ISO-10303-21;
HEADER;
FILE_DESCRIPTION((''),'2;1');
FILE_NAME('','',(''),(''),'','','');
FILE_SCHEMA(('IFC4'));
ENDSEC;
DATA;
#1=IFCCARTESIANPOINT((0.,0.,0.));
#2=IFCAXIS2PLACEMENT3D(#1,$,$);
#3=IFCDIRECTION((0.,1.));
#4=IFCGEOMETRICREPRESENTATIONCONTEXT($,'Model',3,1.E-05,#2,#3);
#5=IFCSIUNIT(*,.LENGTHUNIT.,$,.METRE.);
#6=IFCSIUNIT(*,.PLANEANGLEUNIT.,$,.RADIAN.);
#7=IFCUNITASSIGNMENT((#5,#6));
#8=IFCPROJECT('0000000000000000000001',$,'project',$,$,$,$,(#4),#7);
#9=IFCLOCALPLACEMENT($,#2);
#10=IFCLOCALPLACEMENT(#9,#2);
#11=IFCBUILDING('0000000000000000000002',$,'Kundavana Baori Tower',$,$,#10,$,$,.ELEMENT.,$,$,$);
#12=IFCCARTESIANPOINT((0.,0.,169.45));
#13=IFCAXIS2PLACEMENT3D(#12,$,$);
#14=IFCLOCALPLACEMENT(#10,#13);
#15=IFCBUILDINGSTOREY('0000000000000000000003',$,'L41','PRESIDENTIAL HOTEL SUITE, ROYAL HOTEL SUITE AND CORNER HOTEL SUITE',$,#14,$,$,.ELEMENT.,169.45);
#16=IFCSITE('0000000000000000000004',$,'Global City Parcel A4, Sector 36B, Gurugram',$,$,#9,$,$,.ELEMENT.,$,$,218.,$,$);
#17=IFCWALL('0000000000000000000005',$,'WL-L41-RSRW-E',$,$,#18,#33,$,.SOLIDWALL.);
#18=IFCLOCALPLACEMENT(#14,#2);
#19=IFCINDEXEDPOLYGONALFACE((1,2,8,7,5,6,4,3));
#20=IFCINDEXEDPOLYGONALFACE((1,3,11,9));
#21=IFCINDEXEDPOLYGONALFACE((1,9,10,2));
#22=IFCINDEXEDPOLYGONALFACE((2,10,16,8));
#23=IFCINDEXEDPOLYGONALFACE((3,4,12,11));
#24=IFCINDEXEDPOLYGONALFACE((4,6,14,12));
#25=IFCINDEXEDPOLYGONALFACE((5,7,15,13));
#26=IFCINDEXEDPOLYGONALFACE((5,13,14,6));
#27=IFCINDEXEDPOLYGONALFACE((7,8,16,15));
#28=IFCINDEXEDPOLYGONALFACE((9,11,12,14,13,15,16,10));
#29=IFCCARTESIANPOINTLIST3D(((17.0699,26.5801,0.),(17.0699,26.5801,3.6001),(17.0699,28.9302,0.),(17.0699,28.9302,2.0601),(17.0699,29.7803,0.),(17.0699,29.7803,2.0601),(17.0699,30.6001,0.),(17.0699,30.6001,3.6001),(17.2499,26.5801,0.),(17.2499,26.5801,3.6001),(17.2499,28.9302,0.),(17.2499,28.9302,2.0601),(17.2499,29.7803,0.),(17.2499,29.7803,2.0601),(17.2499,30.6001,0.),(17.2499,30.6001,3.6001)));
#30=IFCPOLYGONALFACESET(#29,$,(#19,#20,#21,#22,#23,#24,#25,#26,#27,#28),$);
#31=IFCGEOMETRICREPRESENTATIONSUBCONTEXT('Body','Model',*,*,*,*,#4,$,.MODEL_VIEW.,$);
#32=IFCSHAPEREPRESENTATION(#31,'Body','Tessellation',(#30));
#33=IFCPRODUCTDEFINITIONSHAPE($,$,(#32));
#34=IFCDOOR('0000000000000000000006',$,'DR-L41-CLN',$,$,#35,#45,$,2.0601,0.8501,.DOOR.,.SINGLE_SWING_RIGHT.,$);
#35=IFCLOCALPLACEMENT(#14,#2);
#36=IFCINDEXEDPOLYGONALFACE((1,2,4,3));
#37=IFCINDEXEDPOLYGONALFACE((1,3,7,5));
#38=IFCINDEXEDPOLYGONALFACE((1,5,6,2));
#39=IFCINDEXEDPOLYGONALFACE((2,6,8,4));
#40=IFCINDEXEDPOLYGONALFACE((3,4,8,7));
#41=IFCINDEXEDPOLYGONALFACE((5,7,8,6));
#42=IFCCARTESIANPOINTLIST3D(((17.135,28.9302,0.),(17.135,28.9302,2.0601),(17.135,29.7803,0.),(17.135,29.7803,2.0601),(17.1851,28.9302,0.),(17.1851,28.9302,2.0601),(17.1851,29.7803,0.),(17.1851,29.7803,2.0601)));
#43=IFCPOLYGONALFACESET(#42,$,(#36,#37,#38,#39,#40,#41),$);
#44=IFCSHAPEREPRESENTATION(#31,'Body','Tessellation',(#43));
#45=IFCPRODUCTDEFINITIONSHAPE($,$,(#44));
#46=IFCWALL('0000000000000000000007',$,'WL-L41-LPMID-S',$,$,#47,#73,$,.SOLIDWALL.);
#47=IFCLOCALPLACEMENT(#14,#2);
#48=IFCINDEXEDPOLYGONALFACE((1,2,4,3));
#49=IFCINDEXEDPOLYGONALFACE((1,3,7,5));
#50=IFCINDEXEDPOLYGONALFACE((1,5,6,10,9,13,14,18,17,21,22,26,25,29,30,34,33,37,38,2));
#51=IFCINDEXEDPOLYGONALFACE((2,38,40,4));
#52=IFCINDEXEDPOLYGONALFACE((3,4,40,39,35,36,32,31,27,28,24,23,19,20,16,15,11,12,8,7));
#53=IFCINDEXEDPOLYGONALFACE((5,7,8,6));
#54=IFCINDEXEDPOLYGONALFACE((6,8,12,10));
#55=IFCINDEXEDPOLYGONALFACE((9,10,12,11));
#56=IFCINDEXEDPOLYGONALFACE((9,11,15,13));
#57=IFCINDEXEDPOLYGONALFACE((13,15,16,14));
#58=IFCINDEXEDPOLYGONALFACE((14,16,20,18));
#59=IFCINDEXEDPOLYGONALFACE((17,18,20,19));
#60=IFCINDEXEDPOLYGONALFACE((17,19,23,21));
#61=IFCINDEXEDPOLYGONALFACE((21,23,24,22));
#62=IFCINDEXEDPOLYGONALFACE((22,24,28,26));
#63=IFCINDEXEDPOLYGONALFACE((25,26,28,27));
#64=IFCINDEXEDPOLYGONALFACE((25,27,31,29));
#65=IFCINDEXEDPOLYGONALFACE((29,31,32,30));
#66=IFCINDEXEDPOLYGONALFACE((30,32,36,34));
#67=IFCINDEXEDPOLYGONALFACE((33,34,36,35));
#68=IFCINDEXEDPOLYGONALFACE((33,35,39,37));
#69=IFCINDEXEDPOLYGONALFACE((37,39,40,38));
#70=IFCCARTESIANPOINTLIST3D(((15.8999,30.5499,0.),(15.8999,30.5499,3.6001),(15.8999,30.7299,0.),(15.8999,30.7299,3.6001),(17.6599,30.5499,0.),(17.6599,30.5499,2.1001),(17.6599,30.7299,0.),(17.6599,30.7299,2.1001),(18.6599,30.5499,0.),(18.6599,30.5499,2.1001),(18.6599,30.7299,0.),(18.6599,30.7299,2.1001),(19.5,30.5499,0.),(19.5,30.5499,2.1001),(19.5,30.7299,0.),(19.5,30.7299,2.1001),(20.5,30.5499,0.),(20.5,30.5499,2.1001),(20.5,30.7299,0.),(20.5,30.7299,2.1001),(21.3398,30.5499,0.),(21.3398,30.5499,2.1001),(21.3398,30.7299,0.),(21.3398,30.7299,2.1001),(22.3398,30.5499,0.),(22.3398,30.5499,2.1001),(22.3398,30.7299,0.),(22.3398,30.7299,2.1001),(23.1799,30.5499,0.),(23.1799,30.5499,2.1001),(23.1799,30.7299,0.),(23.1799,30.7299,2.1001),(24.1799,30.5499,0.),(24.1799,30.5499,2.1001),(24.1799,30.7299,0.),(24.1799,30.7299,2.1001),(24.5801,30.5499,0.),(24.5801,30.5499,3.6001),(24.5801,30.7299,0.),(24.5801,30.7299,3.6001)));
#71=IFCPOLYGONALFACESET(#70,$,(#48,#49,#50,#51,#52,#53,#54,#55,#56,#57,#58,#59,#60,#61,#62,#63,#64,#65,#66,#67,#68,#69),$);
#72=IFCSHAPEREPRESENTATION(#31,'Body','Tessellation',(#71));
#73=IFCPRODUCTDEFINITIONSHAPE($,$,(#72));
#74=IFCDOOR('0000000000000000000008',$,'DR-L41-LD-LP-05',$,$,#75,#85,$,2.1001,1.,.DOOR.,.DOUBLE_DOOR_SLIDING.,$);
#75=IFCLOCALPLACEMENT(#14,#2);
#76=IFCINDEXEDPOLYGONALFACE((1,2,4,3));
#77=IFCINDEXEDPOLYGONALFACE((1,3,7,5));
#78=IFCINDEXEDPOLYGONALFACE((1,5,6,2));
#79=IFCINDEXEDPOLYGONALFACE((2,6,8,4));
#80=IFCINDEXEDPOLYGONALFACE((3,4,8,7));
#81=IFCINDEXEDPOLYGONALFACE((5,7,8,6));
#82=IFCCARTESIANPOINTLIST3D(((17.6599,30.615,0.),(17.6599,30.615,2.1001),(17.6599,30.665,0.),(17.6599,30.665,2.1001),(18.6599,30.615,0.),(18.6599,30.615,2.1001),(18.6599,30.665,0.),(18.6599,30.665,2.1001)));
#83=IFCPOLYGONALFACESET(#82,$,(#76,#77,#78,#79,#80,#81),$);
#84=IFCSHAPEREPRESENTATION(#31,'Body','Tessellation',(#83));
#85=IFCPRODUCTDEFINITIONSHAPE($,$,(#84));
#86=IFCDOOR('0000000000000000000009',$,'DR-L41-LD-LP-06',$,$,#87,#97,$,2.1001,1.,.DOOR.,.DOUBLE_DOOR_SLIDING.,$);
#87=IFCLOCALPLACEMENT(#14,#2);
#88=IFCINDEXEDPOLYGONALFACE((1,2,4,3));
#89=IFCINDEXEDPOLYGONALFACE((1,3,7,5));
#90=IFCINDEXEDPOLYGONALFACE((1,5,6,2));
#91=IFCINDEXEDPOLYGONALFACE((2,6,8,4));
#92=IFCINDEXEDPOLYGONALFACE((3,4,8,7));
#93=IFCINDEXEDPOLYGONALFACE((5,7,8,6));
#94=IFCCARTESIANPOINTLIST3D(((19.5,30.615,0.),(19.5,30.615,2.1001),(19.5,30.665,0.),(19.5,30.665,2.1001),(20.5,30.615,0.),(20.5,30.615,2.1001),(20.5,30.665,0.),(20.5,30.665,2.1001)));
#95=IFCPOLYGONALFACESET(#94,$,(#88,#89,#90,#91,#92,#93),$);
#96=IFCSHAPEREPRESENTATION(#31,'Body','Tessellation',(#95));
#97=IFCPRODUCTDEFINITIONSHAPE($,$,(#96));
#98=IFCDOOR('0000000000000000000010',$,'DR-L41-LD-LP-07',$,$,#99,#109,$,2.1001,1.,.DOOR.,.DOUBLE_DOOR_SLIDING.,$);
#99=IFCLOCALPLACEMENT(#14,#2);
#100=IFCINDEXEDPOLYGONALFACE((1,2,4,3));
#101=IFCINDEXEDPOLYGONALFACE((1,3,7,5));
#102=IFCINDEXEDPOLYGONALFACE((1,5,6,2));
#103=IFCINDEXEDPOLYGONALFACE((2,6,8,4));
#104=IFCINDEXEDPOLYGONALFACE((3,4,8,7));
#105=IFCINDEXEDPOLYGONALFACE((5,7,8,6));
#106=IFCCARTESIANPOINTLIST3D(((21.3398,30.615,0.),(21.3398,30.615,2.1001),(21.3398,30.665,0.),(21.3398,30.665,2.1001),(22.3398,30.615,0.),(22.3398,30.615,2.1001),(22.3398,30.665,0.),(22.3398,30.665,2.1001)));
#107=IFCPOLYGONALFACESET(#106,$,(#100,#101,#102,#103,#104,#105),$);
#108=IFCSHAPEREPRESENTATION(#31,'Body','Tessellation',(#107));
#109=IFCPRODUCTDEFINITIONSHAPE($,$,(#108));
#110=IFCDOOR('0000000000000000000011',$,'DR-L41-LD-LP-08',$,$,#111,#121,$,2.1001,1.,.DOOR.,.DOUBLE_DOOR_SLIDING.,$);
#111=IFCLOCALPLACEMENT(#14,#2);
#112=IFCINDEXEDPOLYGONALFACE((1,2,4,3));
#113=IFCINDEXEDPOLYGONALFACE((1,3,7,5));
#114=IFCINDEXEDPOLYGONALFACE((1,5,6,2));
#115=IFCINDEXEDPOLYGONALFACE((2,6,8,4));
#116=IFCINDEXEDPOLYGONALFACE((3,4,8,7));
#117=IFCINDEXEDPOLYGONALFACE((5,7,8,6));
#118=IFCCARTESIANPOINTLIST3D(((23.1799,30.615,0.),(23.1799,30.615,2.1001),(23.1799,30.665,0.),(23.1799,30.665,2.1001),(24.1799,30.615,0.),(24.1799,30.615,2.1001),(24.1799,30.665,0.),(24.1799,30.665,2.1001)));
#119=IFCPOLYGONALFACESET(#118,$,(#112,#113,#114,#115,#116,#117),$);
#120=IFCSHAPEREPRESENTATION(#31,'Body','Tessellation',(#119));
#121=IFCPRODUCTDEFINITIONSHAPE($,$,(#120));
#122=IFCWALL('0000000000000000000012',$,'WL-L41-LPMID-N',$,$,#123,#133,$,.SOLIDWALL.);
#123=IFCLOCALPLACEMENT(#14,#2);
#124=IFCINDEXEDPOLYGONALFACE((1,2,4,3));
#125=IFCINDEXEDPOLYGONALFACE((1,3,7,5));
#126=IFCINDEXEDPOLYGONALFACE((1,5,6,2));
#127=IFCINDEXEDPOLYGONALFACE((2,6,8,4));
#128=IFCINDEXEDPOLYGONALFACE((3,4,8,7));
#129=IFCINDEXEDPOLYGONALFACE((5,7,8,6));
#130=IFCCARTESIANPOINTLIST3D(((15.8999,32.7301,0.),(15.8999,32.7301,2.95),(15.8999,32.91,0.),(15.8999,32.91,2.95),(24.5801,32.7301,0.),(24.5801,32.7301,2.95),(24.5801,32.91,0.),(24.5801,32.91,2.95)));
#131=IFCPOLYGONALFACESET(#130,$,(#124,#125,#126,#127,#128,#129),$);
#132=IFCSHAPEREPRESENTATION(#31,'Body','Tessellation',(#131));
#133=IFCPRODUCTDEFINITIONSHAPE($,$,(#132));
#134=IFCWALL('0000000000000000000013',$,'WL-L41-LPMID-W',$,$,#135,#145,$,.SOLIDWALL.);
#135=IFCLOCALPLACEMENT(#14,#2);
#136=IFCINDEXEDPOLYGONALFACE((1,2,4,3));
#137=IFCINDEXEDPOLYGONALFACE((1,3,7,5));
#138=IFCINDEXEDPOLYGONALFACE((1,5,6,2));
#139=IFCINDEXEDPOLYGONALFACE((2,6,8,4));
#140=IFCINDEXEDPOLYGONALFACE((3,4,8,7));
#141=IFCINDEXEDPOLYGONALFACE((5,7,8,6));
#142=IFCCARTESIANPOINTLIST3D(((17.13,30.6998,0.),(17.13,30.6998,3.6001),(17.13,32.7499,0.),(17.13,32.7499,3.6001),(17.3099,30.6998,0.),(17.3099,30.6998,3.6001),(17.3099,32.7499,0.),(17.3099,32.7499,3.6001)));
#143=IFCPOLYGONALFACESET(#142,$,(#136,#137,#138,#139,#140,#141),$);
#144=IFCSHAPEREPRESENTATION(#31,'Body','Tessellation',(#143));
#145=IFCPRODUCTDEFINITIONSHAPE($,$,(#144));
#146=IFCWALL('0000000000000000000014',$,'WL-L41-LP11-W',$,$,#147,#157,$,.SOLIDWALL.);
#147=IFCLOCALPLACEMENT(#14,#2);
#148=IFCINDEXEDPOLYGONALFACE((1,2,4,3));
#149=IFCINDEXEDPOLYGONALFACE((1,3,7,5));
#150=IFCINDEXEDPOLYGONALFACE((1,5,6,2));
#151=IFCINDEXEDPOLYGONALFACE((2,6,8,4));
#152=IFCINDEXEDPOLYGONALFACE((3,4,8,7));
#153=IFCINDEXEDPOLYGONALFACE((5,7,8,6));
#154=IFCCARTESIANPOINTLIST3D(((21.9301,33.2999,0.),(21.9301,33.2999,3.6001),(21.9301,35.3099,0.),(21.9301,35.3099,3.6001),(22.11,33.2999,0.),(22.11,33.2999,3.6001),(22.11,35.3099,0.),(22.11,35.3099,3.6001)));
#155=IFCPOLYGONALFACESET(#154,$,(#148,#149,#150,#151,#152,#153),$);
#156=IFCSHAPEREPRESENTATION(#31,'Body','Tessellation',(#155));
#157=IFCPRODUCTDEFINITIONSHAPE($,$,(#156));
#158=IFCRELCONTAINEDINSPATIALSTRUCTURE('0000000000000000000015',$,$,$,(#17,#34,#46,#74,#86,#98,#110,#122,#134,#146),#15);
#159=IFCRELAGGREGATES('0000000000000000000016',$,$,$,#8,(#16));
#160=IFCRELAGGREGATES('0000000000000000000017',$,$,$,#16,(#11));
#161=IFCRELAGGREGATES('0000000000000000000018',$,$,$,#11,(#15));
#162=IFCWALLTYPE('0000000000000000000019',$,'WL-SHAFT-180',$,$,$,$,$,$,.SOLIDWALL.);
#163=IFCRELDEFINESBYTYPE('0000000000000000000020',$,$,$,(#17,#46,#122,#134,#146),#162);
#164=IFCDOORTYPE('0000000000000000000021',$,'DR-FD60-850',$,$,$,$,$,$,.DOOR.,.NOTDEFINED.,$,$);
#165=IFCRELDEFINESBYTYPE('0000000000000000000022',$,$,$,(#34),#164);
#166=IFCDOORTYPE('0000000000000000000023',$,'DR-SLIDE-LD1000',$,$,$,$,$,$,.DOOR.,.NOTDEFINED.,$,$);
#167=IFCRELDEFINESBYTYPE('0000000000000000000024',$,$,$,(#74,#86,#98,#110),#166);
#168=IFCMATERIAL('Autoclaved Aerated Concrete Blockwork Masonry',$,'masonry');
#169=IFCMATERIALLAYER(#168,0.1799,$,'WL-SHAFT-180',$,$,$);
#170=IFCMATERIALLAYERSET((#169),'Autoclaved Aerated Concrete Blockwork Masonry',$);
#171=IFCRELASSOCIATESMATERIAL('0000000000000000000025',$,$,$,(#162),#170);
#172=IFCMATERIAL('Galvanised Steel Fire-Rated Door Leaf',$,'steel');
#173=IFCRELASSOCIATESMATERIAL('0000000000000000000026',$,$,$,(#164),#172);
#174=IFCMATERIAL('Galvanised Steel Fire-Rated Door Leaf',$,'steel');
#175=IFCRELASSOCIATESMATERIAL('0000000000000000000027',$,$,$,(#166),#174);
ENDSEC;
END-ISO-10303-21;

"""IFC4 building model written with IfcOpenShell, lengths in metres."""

from ifc_helpers import new_model, si_unit, direction, frame, frame_2d, origin, place, context, subcontext, project, spatial, rectangle, extrude, material, layer, layer_set, type_object, element, fill, save


model = new_model("IFC4")

# Units and contexts
model_context = context("Model", 3, precision=1e-05, world=origin(), true_north=direction((0.0, 1.0)))
body_context = subcontext(model_context, "Body", "Model", "MODEL_VIEW")
ifc_project = project(units=[si_unit("LENGTHUNIT", "METRE"), si_unit("PLANEANGLEUNIT", "RADIAN")], contexts=[model_context])

# Site, building, storey
site_placement = place(None, origin())
site = spatial("IfcSite", under=ifc_project, at=site_placement, Name="Global City Parcel A4, Sector 36B, Gurugram", CompositionType="ELEMENT", RefElevation=218.0)
building_placement = place(site_placement, origin())
building = spatial("IfcBuilding", under=site, at=building_placement, Name="Kundavana Baori Tower", CompositionType="ELEMENT")
storey_placement = place(building_placement, frame((0.0, 0.0, 169.45)))
storey = spatial("IfcBuildingStorey", under=building, at=storey_placement, Name="L41", Description="PRESIDENTIAL HOTEL SUITE, ROYAL HOTEL SUITE AND CORNER HOTEL SUITE", CompositionType="ELEMENT", Elevation=169.45)

# Wall, opening, door
ifc_material_1 = material(Name="Autoclaved Aerated Concrete Blockwork Masonry", Category="masonry")
ifc_layer_1 = layer(ifc_material_1, 0.1799, Name="WL-SHAFT-180")
ifc_layer_set_1 = layer_set([ifc_layer_1], Name="Autoclaved Aerated Concrete Blockwork Masonry")
wall_type_1 = type_object("IfcWallType", Name="WL-SHAFT-180", PredefinedType="SOLIDWALL", material=ifc_layer_set_1)
wall_1_placement = place(storey_placement, frame((17.1599, 26.5801, 0.0), z_axis=(0.0, 0.0, 1.0), x_axis=(0.0, 1.0, 0.0)))
wall_1 = element("IfcWall", 1, at=wall_1_placement, inside=storey, type_object=wall_type_1, Name="WL-L41-RSRW-E", PredefinedType="SOLIDWALL", context=body_context, shape_type="SweptSolid", body=[
    extrude(rectangle(XDim=4.02, YDim=0.1799, at=frame_2d((2.01, 0.0))), origin(), (0.0, 0.0, 1.0), 3.6001),
])
opening_1_placement = place(wall_1_placement, frame((2.3501, 0.0, 0.0)))
opening_1 = element("IfcOpeningElement", 2, at=opening_1_placement, cuts=wall_1, PredefinedType="OPENING", context=body_context, shape_type="SweptSolid", body=[
    extrude(rectangle(XDim=0.8501, YDim=2.0601, at=frame_2d((0.425, 1.03))), frame((0.0, 0.1001, 0.0), z_axis=(0.0, -1.0, 0.0), x_axis=(1.0, 0.0, 0.0)), (0.0, 0.0, 1.0), 0.2),
])
ifc_material_2 = material(Name="Galvanised Steel Fire-Rated Door Leaf", Category="steel")
door_type_1 = type_object("IfcDoorType", Name="DR-FD60-850", OperationType="NOTDEFINED", PredefinedType="DOOR", material=ifc_material_2)
door_1_placement = place(opening_1_placement, origin())
door_1 = element("IfcDoor", 3, at=door_1_placement, inside=storey, type_object=door_type_1, Name="DR-L41-CLN", OperationType="SINGLE_SWING_RIGHT", OverallHeight=2.0601, OverallWidth=0.8501, PredefinedType="DOOR", context=body_context, shape_type="SweptSolid", body=[
    extrude(rectangle(XDim=0.8501, YDim=2.0601, at=frame_2d((0.425, 1.03))), frame((0.0, 0.0249, 0.0), z_axis=(0.0, -1.0, 0.0), x_axis=(1.0, 0.0, 0.0)), (0.0, 0.0, 1.0), 0.05),
])
fill(opening_1, door_1)

# Wall, openings, doors
wall_2_placement = place(storey_placement, frame((15.8999, 30.6399, 0.0), z_axis=(0.0, 0.0, 1.0), x_axis=(1.0, 0.0, 0.0)))
wall_2 = element("IfcWall", 4, at=wall_2_placement, inside=storey, type_object=wall_type_1, Name="WL-L41-LPMID-S", PredefinedType="SOLIDWALL", context=body_context, shape_type="SweptSolid", body=[
    extrude(rectangle(XDim=8.6802, YDim=0.1799, at=frame_2d((4.3401, 0.0))), origin(), (0.0, 0.0, 1.0), 3.6001),
])
opening_2_placement = place(wall_2_placement, frame((1.76, 0.0, 0.0)))
opening_2 = element("IfcOpeningElement", 5, at=opening_2_placement, cuts=wall_2, PredefinedType="OPENING", context=body_context, shape_type="SweptSolid", body=[
    extrude(rectangle(XDim=1.0, YDim=2.1001, at=frame_2d((0.5, 1.05))), frame((0.0, 0.1001, 0.0), z_axis=(0.0, -1.0, 0.0), x_axis=(1.0, 0.0, 0.0)), (0.0, 0.0, 1.0), 0.2),
])
opening_3_placement = place(wall_2_placement, frame((3.6001, 0.0, 0.0)))
opening_3 = element("IfcOpeningElement", 6, at=opening_3_placement, cuts=wall_2, PredefinedType="OPENING", context=body_context, shape_type="SweptSolid", body=[
    extrude(rectangle(XDim=1.0, YDim=2.1001, at=frame_2d((0.5, 1.05))), frame((0.0, 0.1001, 0.0), z_axis=(0.0, -1.0, 0.0), x_axis=(1.0, 0.0, 0.0)), (0.0, 0.0, 1.0), 0.2),
])
opening_4_placement = place(wall_2_placement, frame((5.4399, 0.0, 0.0)))
opening_4 = element("IfcOpeningElement", 7, at=opening_4_placement, cuts=wall_2, PredefinedType="OPENING", context=body_context, shape_type="SweptSolid", body=[
    extrude(rectangle(XDim=1.0, YDim=2.1001, at=frame_2d((0.5, 1.05))), frame((0.0, 0.1001, 0.0), z_axis=(0.0, -1.0, 0.0), x_axis=(1.0, 0.0, 0.0)), (0.0, 0.0, 1.0), 0.2),
])
opening_5_placement = place(wall_2_placement, frame((7.28, 0.0, 0.0)))
opening_5 = element("IfcOpeningElement", 8, at=opening_5_placement, cuts=wall_2, PredefinedType="OPENING", context=body_context, shape_type="SweptSolid", body=[
    extrude(rectangle(XDim=1.0, YDim=2.1001, at=frame_2d((0.5, 1.05))), frame((0.0, 0.1001, 0.0), z_axis=(0.0, -1.0, 0.0), x_axis=(1.0, 0.0, 0.0)), (0.0, 0.0, 1.0), 0.2),
])
ifc_material_3 = material(Name="Galvanised Steel Fire-Rated Door Leaf", Category="steel")
door_type_2 = type_object("IfcDoorType", Name="DR-SLIDE-LD1000", OperationType="NOTDEFINED", PredefinedType="DOOR", material=ifc_material_3)
door_2_placement = place(opening_2_placement, frame((1.0, 0.0, 0.0), z_axis=(0.0, 0.0, 1.0), x_axis=(-1.0, 0.0, 0.0)))
door_2 = element("IfcDoor", 9, at=door_2_placement, inside=storey, type_object=door_type_2, Name="DR-L41-LD-LP-05", OperationType="DOUBLE_DOOR_SLIDING", OverallHeight=2.1001, OverallWidth=1.0, PredefinedType="DOOR", context=body_context, shape_type="SweptSolid", body=[
    extrude(rectangle(XDim=1.0, YDim=2.1001, at=frame_2d((0.5, 1.05))), frame((0.0, 0.0249, 0.0), z_axis=(0.0, -1.0, 0.0), x_axis=(1.0, 0.0, 0.0)), (0.0, 0.0, 1.0), 0.05),
])
fill(opening_2, door_2)
door_3_placement = place(opening_3_placement, frame((1.0, 0.0, 0.0), z_axis=(0.0, 0.0, 1.0), x_axis=(-1.0, 0.0, 0.0)))
door_3 = element("IfcDoor", 10, at=door_3_placement, inside=storey, type_object=door_type_2, Name="DR-L41-LD-LP-06", OperationType="DOUBLE_DOOR_SLIDING", OverallHeight=2.1001, OverallWidth=1.0, PredefinedType="DOOR", context=body_context, shape_type="SweptSolid", body=[
    extrude(rectangle(XDim=1.0, YDim=2.1001, at=frame_2d((0.5, 1.05))), frame((0.0, 0.0249, 0.0), z_axis=(0.0, -1.0, 0.0), x_axis=(1.0, 0.0, 0.0)), (0.0, 0.0, 1.0), 0.05),
])
fill(opening_3, door_3)
door_4_placement = place(opening_4_placement, frame((1.0, 0.0, 0.0), z_axis=(0.0, 0.0, 1.0), x_axis=(-1.0, 0.0, 0.0)))
door_4 = element("IfcDoor", 11, at=door_4_placement, inside=storey, type_object=door_type_2, Name="DR-L41-LD-LP-07", OperationType="DOUBLE_DOOR_SLIDING", OverallHeight=2.1001, OverallWidth=1.0, PredefinedType="DOOR", context=body_context, shape_type="SweptSolid", body=[
    extrude(rectangle(XDim=1.0, YDim=2.1001, at=frame_2d((0.5, 1.05))), frame((0.0, 0.0249, 0.0), z_axis=(0.0, -1.0, 0.0), x_axis=(1.0, 0.0, 0.0)), (0.0, 0.0, 1.0), 0.05),
])
fill(opening_4, door_4)
door_5_placement = place(opening_5_placement, frame((1.0, 0.0, 0.0), z_axis=(0.0, 0.0, 1.0), x_axis=(-1.0, 0.0, 0.0)))
door_5 = element("IfcDoor", 12, at=door_5_placement, inside=storey, type_object=door_type_2, Name="DR-L41-LD-LP-08", OperationType="DOUBLE_DOOR_SLIDING", OverallHeight=2.1001, OverallWidth=1.0, PredefinedType="DOOR", context=body_context, shape_type="SweptSolid", body=[
    extrude(rectangle(XDim=1.0, YDim=2.1001, at=frame_2d((0.5, 1.05))), frame((0.0, 0.0249, 0.0), z_axis=(0.0, -1.0, 0.0), x_axis=(1.0, 0.0, 0.0)), (0.0, 0.0, 1.0), 0.05),
])
fill(opening_5, door_5)

# Walls
wall_3_placement = place(storey_placement, frame((15.8999, 32.8201, 0.0), z_axis=(0.0, 0.0, 1.0), x_axis=(1.0, 0.0, 0.0)))
element("IfcWall", 13, at=wall_3_placement, inside=storey, type_object=wall_type_1, Name="WL-L41-LPMID-N", PredefinedType="SOLIDWALL", context=body_context, shape_type="SweptSolid", body=[
    extrude(rectangle(XDim=8.6802, YDim=0.1799, at=frame_2d((4.3401, 0.0))), origin(), (0.0, 0.0, 1.0), 2.95),
])
wall_4_placement = place(storey_placement, frame((17.22, 30.7, 0.0), z_axis=(0.0, 0.0, 1.0), x_axis=(0.0, 1.0, 0.0)))
element("IfcWall", 14, at=wall_4_placement, inside=storey, type_object=wall_type_1, Name="WL-L41-LPMID-W", PredefinedType="SOLIDWALL", context=body_context, shape_type="SweptSolid", body=[
    extrude(rectangle(XDim=2.05, YDim=0.1799, at=frame_2d((1.0249, 0.0))), origin(), (0.0, 0.0, 1.0), 3.6001),
])
wall_5_placement = place(storey_placement, frame((22.02, 33.3, 0.0), z_axis=(0.0, 0.0, 1.0), x_axis=(0.0, 1.0, 0.0)))
element("IfcWall", 15, at=wall_5_placement, inside=storey, type_object=wall_type_1, Name="WL-L41-LP11-W", PredefinedType="SOLIDWALL", context=body_context, shape_type="SweptSolid", body=[
    extrude(rectangle(XDim=2.01, YDim=0.1799, at=frame_2d((1.0049, 0.0))), origin(), (0.0, 0.0, 1.0), 3.6001),
])

save(model, "model.ifc")
